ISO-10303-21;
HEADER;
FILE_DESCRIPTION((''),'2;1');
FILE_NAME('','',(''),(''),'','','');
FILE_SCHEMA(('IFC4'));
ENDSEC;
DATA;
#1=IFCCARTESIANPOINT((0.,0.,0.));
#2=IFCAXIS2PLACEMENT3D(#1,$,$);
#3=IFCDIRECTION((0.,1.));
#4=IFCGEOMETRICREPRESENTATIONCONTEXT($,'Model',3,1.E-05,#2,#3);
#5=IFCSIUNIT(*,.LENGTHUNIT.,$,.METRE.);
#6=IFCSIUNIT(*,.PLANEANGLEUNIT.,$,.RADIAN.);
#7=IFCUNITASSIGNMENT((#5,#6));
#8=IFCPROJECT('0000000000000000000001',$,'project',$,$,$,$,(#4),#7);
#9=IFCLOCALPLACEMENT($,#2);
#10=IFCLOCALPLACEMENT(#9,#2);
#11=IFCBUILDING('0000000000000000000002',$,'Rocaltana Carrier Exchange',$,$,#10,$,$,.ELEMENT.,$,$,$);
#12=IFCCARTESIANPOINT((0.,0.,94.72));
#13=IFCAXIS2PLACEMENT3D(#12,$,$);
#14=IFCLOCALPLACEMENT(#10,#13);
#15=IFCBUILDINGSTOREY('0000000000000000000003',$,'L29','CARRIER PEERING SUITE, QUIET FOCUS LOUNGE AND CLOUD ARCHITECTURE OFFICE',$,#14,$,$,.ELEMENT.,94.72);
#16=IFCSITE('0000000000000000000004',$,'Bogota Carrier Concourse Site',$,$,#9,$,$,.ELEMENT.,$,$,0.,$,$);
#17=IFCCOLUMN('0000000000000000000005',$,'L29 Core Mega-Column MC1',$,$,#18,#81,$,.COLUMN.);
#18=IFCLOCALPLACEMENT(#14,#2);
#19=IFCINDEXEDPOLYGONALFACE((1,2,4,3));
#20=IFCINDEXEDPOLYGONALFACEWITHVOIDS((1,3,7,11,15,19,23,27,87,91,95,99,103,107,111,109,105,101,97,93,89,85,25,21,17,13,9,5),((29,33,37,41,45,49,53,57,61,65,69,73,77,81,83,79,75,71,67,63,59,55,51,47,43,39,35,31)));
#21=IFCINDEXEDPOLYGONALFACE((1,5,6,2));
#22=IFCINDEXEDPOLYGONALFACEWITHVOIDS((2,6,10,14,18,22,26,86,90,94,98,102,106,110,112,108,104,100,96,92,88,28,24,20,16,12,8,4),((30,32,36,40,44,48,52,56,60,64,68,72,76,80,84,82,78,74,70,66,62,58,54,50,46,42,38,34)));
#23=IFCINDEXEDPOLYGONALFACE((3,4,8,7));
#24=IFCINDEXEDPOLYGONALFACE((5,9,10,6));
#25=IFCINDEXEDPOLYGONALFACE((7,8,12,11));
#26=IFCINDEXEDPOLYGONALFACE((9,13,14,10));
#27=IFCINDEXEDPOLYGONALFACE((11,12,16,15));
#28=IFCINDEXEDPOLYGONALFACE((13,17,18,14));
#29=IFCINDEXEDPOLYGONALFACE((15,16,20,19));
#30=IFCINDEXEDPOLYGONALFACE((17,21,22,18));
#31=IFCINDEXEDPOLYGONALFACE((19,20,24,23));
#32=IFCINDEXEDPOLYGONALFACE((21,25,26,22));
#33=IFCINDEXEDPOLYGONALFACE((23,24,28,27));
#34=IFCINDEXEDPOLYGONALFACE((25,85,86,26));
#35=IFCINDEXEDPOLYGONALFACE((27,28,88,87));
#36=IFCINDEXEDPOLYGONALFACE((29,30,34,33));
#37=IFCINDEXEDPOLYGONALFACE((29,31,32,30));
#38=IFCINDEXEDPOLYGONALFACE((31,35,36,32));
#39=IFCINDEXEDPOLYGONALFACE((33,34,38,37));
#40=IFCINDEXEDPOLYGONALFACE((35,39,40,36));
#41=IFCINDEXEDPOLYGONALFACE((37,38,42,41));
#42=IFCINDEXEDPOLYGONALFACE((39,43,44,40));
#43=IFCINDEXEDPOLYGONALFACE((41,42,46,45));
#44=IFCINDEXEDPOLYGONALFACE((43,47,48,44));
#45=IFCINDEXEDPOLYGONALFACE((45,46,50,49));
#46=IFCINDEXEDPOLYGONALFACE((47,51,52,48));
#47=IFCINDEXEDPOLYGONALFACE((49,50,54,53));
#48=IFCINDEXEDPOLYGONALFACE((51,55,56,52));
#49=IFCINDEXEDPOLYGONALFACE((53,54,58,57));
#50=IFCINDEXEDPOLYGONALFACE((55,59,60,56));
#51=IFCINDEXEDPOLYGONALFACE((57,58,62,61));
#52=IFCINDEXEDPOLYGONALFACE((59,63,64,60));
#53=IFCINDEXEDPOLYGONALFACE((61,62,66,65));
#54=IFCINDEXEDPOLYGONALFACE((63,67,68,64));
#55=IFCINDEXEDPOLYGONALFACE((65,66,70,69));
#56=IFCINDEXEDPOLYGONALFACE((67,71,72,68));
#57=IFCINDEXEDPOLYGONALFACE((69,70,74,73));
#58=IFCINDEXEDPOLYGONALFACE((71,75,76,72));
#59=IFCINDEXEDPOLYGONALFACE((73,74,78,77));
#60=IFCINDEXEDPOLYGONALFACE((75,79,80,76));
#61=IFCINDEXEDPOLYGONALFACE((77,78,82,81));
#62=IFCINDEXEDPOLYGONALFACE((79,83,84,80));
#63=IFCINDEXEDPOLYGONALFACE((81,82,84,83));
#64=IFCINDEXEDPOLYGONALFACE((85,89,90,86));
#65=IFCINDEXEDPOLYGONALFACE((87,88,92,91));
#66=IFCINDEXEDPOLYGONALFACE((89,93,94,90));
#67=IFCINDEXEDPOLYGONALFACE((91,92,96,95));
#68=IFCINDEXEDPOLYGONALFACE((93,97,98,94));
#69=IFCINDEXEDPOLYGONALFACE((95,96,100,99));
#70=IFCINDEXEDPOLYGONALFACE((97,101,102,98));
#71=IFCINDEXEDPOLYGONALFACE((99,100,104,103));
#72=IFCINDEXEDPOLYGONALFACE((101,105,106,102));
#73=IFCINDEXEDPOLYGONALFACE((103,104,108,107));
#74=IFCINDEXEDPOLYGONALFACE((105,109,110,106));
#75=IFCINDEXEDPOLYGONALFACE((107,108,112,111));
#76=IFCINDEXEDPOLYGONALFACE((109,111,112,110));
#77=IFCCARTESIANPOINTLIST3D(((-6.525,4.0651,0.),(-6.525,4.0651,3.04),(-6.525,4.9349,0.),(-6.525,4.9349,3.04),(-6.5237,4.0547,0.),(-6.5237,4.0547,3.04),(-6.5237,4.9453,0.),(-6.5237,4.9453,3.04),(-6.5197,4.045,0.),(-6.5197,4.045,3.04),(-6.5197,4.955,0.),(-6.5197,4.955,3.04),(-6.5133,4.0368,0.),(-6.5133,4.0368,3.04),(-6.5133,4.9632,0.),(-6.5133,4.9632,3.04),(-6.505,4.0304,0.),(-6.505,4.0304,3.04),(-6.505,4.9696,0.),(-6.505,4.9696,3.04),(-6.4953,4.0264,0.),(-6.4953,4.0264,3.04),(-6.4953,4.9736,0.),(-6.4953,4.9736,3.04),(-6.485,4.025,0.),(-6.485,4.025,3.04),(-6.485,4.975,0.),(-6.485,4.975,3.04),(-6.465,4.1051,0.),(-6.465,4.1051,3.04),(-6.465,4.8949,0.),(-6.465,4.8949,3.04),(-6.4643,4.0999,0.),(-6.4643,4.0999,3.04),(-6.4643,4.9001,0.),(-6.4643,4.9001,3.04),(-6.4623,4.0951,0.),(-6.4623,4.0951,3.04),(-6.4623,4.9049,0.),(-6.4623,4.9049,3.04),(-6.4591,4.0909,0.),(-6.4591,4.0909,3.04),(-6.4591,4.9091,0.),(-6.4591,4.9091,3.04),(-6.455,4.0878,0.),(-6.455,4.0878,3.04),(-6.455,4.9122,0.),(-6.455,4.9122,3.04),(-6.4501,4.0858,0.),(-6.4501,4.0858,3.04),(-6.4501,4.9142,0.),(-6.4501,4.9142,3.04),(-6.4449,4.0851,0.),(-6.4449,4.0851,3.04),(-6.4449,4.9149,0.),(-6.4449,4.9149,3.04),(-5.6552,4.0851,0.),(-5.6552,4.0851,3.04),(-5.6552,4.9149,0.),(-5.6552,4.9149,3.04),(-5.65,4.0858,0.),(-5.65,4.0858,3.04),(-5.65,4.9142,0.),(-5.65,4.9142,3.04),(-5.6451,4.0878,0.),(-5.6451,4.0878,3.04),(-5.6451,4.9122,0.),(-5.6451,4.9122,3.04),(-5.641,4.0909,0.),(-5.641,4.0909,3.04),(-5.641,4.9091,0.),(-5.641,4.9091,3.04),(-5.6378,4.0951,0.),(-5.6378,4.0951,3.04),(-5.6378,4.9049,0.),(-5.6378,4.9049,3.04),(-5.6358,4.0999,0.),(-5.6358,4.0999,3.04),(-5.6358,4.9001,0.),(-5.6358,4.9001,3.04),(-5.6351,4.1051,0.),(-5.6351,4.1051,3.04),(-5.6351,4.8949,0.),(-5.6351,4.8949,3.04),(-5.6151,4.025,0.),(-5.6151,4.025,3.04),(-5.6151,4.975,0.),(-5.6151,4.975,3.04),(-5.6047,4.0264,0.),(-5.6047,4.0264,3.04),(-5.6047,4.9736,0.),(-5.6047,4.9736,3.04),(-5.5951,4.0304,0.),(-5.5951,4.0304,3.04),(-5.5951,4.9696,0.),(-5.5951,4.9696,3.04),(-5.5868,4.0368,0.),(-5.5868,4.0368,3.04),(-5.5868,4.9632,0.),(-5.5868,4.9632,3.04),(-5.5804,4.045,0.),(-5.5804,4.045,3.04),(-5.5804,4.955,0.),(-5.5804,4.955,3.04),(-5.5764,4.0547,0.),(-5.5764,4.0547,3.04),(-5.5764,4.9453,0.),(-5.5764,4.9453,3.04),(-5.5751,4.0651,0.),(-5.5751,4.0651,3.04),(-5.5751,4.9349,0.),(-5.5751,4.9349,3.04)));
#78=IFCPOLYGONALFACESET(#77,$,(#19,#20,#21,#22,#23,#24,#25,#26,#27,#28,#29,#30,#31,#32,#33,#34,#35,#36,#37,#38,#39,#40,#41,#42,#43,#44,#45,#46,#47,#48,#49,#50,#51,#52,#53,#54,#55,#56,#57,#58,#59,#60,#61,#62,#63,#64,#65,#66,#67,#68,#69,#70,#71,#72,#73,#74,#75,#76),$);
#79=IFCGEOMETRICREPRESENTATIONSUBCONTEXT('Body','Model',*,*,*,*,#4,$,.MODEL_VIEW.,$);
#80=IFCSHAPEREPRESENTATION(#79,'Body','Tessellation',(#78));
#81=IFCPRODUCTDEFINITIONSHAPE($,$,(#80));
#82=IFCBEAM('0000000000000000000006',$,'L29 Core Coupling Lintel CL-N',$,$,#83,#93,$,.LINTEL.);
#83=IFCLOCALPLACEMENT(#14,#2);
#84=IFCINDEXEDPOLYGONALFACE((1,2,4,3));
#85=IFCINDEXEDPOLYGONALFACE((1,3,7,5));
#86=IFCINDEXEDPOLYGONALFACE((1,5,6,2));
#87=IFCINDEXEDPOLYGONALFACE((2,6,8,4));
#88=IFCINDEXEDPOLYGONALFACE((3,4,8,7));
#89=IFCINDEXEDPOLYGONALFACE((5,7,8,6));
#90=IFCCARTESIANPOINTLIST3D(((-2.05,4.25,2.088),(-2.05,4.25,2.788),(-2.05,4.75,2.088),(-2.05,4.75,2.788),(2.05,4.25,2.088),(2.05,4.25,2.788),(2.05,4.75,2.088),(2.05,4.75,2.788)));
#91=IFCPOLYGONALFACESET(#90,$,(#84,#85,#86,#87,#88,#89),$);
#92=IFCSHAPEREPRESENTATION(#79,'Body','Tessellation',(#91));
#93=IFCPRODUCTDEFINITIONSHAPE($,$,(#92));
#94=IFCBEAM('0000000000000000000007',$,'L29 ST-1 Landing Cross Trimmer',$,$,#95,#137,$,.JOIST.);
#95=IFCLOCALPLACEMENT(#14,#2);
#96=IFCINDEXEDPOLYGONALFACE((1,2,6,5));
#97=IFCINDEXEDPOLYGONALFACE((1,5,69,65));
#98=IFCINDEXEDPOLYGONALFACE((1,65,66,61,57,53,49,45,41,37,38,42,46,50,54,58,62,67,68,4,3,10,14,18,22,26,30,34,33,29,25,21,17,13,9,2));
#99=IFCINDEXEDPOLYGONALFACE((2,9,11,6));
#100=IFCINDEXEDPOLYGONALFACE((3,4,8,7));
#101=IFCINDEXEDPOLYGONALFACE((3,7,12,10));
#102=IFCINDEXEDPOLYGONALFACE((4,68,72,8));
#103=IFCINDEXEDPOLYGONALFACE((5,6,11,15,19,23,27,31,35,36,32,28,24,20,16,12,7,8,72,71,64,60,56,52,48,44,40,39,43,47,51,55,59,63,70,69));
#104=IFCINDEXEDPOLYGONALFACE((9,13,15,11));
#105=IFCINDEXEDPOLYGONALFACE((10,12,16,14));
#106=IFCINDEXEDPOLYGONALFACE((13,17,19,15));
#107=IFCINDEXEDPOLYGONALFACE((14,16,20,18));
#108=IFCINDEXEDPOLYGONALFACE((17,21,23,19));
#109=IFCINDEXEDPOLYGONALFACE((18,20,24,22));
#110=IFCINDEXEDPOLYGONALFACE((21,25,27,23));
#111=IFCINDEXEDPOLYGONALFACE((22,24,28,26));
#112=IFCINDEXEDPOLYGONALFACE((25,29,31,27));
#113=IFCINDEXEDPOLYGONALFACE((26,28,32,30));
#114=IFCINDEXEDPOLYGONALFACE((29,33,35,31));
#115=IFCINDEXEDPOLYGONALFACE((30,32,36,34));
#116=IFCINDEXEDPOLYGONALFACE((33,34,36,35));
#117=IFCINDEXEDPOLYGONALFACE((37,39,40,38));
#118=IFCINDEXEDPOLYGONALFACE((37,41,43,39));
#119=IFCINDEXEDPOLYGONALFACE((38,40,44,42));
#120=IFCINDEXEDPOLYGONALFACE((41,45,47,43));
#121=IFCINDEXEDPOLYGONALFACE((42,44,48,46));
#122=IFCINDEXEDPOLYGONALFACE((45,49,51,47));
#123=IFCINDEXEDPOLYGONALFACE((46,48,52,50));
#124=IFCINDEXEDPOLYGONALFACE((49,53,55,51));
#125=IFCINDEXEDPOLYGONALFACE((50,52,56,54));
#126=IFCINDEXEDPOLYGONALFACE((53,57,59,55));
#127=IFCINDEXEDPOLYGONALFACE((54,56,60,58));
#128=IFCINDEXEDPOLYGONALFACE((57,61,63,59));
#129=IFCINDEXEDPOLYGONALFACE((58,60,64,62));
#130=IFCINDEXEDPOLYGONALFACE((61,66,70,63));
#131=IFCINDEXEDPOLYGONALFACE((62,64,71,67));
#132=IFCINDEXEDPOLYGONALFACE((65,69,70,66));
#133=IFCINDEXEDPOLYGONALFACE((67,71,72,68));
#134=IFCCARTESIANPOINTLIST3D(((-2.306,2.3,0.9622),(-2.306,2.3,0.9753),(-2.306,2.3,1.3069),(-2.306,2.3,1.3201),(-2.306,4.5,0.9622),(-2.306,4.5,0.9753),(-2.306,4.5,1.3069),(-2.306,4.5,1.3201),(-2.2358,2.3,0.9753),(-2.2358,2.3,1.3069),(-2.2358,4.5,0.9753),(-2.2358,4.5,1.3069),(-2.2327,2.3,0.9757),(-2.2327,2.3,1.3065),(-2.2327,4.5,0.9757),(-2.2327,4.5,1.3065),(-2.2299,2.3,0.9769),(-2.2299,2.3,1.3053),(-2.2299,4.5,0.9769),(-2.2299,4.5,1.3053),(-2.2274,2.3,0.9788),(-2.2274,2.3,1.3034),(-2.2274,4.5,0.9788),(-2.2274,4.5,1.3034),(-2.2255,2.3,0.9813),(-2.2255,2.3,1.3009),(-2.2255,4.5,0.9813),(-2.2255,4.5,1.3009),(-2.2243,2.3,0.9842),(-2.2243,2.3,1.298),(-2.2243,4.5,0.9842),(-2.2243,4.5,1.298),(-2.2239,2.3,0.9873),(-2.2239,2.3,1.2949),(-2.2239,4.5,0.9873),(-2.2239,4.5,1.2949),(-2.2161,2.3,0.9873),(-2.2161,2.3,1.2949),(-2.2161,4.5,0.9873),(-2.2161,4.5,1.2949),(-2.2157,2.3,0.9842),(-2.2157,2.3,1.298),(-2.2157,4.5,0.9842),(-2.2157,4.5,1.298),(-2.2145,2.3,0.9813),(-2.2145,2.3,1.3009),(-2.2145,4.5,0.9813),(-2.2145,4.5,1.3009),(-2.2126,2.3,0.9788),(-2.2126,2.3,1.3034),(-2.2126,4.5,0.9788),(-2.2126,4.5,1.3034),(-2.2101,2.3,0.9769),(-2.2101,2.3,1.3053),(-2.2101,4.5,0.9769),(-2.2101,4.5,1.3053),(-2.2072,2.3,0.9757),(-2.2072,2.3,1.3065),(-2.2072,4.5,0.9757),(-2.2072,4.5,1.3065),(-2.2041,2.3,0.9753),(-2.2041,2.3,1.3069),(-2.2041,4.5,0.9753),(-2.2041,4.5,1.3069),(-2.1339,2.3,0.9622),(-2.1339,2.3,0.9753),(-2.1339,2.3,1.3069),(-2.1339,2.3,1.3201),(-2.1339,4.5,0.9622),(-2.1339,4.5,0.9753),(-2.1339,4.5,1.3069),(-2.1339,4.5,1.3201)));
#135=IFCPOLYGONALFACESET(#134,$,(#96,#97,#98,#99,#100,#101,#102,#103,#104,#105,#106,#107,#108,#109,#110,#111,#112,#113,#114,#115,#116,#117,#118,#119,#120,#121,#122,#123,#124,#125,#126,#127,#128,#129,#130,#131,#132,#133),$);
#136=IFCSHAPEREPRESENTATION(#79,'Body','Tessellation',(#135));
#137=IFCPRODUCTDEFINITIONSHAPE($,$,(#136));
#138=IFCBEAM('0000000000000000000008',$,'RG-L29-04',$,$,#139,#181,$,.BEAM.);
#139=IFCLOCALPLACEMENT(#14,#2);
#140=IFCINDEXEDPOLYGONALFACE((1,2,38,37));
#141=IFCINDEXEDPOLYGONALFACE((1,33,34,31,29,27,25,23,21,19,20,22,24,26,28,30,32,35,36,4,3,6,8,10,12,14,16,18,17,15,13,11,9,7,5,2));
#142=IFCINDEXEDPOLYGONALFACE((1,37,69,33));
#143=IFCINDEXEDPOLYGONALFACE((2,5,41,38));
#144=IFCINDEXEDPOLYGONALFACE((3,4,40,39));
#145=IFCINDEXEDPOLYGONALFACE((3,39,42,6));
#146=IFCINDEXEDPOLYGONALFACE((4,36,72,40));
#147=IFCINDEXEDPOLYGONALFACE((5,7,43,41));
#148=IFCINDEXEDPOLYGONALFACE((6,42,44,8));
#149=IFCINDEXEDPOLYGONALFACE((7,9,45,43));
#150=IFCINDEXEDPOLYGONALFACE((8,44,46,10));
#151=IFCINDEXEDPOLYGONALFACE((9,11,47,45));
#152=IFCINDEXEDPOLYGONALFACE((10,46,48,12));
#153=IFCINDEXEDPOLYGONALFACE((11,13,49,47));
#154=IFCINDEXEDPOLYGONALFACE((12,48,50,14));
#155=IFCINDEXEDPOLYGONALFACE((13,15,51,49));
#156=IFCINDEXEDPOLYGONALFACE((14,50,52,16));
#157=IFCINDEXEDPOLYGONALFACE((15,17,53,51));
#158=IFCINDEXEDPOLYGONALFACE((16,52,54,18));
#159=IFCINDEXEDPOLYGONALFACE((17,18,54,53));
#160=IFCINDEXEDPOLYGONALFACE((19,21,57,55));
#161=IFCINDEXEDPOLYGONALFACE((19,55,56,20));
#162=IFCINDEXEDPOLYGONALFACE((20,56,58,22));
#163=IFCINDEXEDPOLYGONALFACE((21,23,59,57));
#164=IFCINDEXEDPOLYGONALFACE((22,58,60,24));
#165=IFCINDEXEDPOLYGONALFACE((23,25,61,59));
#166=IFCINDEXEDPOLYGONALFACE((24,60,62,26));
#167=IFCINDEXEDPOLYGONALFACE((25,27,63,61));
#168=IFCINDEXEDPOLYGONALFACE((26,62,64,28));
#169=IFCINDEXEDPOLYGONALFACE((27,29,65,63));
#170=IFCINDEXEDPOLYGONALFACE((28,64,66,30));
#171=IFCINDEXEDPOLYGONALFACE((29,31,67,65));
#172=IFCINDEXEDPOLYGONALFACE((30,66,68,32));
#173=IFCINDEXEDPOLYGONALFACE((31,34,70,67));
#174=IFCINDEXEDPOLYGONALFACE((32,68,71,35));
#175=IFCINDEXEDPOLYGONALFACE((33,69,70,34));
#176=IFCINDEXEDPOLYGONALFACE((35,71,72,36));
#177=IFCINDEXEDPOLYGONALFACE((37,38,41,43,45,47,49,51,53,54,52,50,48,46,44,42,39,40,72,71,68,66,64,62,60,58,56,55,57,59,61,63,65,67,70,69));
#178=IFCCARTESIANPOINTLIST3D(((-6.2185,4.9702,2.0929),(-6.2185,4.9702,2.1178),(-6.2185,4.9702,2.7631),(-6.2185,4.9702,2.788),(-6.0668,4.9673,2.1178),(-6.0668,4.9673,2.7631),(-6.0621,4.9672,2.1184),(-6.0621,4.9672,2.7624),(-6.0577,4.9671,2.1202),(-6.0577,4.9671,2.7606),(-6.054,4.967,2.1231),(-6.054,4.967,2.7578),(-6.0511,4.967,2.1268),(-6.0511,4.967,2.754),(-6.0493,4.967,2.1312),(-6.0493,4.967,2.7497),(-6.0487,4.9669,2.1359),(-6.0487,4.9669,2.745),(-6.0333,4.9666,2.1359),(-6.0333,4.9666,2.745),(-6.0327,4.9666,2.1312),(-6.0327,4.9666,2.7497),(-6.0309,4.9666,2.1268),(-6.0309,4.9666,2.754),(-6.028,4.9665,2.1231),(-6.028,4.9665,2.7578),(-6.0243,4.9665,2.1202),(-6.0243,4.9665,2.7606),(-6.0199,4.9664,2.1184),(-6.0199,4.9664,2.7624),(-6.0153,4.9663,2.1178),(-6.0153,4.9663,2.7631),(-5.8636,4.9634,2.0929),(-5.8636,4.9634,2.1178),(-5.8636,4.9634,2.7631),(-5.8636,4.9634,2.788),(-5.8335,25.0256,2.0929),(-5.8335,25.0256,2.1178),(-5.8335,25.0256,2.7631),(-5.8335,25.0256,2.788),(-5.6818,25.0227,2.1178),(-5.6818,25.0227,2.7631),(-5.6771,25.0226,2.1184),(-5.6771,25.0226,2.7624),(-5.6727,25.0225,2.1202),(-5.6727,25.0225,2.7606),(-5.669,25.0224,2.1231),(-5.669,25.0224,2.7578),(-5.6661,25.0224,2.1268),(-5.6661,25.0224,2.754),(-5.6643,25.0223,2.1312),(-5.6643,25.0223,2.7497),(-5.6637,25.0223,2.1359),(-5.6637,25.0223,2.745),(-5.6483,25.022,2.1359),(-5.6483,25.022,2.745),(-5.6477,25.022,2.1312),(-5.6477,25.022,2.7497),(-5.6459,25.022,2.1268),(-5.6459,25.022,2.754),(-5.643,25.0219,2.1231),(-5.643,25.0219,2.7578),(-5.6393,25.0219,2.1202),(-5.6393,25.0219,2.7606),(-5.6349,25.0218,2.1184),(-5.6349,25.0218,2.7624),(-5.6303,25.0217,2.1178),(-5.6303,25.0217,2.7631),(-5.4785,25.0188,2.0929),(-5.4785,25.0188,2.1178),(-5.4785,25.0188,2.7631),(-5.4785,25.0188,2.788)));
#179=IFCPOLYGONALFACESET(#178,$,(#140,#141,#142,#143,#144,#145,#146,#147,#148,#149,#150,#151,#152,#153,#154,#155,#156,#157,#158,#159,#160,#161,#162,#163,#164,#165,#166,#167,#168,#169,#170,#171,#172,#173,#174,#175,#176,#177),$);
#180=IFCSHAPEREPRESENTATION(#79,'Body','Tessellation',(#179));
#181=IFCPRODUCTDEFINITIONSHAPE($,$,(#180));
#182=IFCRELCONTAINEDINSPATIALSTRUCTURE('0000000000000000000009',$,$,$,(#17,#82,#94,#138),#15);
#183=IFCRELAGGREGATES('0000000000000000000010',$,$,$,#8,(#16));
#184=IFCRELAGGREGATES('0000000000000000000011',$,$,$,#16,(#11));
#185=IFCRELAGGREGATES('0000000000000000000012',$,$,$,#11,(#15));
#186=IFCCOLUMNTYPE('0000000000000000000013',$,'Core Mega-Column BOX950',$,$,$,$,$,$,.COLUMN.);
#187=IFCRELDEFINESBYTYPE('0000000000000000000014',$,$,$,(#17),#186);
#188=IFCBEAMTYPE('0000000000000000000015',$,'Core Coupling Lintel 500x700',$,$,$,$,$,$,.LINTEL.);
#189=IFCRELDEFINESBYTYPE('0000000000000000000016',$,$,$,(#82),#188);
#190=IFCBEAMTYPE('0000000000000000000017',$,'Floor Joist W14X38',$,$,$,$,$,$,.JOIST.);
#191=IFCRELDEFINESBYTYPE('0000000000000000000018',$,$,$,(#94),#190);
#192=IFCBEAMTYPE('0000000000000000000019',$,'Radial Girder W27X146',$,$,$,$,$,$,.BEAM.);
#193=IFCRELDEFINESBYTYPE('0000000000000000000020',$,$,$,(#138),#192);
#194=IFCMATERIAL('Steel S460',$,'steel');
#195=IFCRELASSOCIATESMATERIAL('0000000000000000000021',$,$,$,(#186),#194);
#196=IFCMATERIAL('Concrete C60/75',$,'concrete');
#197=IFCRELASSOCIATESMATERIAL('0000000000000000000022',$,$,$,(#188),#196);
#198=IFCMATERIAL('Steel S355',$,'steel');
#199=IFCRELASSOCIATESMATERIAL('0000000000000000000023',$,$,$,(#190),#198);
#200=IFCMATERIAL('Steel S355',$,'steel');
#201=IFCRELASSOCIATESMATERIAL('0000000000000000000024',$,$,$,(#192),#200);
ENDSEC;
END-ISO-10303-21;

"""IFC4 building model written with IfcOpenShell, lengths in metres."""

from ifc_helpers import new_model, si_unit, direction, frame, origin, origin_2d, place, context, subcontext, project, spatial, rectangle, hollow_rectangle, i_section, extrude, material, material_profile, profile_set, type_object, element, save


model = new_model("IFC4")

# Units and contexts
model_context = context("Model", 3, precision=1e-05, world=origin(), true_north=direction((0.0, 1.0)))
body_context = subcontext(model_context, "Body", "Model", "MODEL_VIEW")
ifc_project = project(units=[si_unit("LENGTHUNIT", "METRE"), si_unit("PLANEANGLEUNIT", "RADIAN")], contexts=[model_context])

# Site, building, storey
site_placement = place(None, origin())
site = spatial("IfcSite", under=ifc_project, at=site_placement, Name="Bogota Carrier Concourse Site", CompositionType="ELEMENT", RefElevation=0.0)
building_placement = place(site_placement, origin())
building = spatial("IfcBuilding", under=site, at=building_placement, Name="Rocaltana Carrier Exchange", CompositionType="ELEMENT")
storey_placement = place(building_placement, frame((0.0, 0.0, 94.72)))
storey = spatial("IfcBuildingStorey", under=building, at=storey_placement, Name="L29", Description="CARRIER PEERING SUITE, QUIET FOCUS LOUNGE AND CLOUD ARCHITECTURE OFFICE", CompositionType="ELEMENT", Elevation=94.72)

# Column
ifc_material_1 = material(Name="Steel S460", Category="steel")
ifc_material_profile_1 = material_profile(ifc_material_1, hollow_rectangle(XDim=0.95, YDim=0.95, WallThickness=0.0601, InnerFilletRadius=0.02, OuterFilletRadius=0.04, at=origin_2d()), Name="BOX950X950X60")
ifc_profile_set_1 = profile_set([ifc_material_profile_1], Name="Steel S460")
column_type = type_object("IfcColumnType", Name="Core Mega-Column BOX950", PredefinedType="COLUMN", material=ifc_profile_set_1)
column_placement = place(storey_placement, frame((-6.05, 4.5, 0.0), z_axis=(0.0, 0.0, 1.0), x_axis=(1.0, 0.0, 0.0)))
element("IfcColumn", 1, at=column_placement, inside=storey, type_object=column_type, Name="L29 Core Mega-Column MC1", PredefinedType="COLUMN", context=body_context, shape_type="SweptSolid", body=[
    extrude(hollow_rectangle(XDim=0.95, YDim=0.95, WallThickness=0.0601, InnerFilletRadius=0.02, OuterFilletRadius=0.04, at=origin_2d()), origin(), (0.0, 0.0, 1.0), 3.04),
])

# Beams
ifc_material_2 = material(Name="Concrete C60/75", Category="concrete")
ifc_material_profile_2 = material_profile(ifc_material_2, rectangle(XDim=0.5, YDim=0.7, at=origin_2d()), Name="RC-BM-500X700")
ifc_profile_set_2 = profile_set([ifc_material_profile_2], Name="Concrete C60/75")
beam_type_1 = type_object("IfcBeamType", Name="Core Coupling Lintel 500x700", PredefinedType="LINTEL", material=ifc_profile_set_2)
beam_1_placement = place(storey_placement, frame((-2.05, 4.5, 2.438), z_axis=(1.0, 0.0, 0.0), x_axis=(0.0, 1.0, 0.0)))
element("IfcBeam", 2, at=beam_1_placement, inside=storey, type_object=beam_type_1, Name="L29 Core Coupling Lintel CL-N", PredefinedType="LINTEL", context=body_context, shape_type="SweptSolid", body=[
    extrude(rectangle(XDim=0.5, YDim=0.7, at=origin_2d()), origin(), (0.0, 0.0, 1.0), 4.1001),
])
ifc_material_3 = material(Name="Steel S355", Category="steel")
ifc_material_profile_3 = material_profile(ifc_material_3, i_section(OverallWidth=0.1721, OverallDepth=0.3579, WebThickness=0.0078, FlangeThickness=0.0132, FilletRadius=0.012, at=origin_2d()), Name="W14X38")
ifc_profile_set_3 = profile_set([ifc_material_profile_3], Name="Steel S355")
beam_type_2 = type_object("IfcBeamType", Name="Floor Joist W14X38", PredefinedType="JOIST", material=ifc_profile_set_3)
beam_2_placement = place(storey_placement, frame((-2.22, 2.3, 1.1411), z_axis=(0.0, 1.0, 0.0), x_axis=(-1.0, 0.0, 0.0)))
element("IfcBeam", 3, at=beam_2_placement, inside=storey, type_object=beam_type_2, Name="L29 ST-1 Landing Cross Trimmer", PredefinedType="JOIST", context=body_context, shape_type="SweptSolid", body=[
    extrude(i_section(OverallWidth=0.1721, OverallDepth=0.3579, WebThickness=0.0078, FlangeThickness=0.0132, FilletRadius=0.012, at=origin_2d()), origin(), (0.0, 0.0, 1.0), 2.2),
])
ifc_material_4 = material(Name="Steel S355", Category="steel")
ifc_material_profile_4 = material_profile(ifc_material_4, i_section(OverallWidth=0.355, OverallDepth=0.6951, WebThickness=0.0154, FlangeThickness=0.0249, FilletRadius=0.0181, at=origin_2d()), Name="W27X146")
ifc_profile_set_4 = profile_set([ifc_material_profile_4], Name="Steel S355")
beam_type_3 = type_object("IfcBeamType", Name="Radial Girder W27X146", PredefinedType="BEAM", material=ifc_profile_set_4)
beam_3_placement = place(storey_placement, frame((-6.041, 4.9668, 2.4404), z_axis=(0.019194, 0.999816, 0.0), x_axis=(-0.999816, 0.019194, 0.0)))
element("IfcBeam", 4, at=beam_3_placement, inside=storey, type_object=beam_type_3, Name="RG-L29-04", PredefinedType="BEAM", context=body_context, shape_type="SweptSolid", body=[
    extrude(i_section(OverallWidth=0.355, OverallDepth=0.6951, WebThickness=0.0154, FlangeThickness=0.0249, FilletRadius=0.0181, at=origin_2d()), origin(), (0.0, 0.0, 1.0), 20.0591),
])

save(model, "model.ifc")
